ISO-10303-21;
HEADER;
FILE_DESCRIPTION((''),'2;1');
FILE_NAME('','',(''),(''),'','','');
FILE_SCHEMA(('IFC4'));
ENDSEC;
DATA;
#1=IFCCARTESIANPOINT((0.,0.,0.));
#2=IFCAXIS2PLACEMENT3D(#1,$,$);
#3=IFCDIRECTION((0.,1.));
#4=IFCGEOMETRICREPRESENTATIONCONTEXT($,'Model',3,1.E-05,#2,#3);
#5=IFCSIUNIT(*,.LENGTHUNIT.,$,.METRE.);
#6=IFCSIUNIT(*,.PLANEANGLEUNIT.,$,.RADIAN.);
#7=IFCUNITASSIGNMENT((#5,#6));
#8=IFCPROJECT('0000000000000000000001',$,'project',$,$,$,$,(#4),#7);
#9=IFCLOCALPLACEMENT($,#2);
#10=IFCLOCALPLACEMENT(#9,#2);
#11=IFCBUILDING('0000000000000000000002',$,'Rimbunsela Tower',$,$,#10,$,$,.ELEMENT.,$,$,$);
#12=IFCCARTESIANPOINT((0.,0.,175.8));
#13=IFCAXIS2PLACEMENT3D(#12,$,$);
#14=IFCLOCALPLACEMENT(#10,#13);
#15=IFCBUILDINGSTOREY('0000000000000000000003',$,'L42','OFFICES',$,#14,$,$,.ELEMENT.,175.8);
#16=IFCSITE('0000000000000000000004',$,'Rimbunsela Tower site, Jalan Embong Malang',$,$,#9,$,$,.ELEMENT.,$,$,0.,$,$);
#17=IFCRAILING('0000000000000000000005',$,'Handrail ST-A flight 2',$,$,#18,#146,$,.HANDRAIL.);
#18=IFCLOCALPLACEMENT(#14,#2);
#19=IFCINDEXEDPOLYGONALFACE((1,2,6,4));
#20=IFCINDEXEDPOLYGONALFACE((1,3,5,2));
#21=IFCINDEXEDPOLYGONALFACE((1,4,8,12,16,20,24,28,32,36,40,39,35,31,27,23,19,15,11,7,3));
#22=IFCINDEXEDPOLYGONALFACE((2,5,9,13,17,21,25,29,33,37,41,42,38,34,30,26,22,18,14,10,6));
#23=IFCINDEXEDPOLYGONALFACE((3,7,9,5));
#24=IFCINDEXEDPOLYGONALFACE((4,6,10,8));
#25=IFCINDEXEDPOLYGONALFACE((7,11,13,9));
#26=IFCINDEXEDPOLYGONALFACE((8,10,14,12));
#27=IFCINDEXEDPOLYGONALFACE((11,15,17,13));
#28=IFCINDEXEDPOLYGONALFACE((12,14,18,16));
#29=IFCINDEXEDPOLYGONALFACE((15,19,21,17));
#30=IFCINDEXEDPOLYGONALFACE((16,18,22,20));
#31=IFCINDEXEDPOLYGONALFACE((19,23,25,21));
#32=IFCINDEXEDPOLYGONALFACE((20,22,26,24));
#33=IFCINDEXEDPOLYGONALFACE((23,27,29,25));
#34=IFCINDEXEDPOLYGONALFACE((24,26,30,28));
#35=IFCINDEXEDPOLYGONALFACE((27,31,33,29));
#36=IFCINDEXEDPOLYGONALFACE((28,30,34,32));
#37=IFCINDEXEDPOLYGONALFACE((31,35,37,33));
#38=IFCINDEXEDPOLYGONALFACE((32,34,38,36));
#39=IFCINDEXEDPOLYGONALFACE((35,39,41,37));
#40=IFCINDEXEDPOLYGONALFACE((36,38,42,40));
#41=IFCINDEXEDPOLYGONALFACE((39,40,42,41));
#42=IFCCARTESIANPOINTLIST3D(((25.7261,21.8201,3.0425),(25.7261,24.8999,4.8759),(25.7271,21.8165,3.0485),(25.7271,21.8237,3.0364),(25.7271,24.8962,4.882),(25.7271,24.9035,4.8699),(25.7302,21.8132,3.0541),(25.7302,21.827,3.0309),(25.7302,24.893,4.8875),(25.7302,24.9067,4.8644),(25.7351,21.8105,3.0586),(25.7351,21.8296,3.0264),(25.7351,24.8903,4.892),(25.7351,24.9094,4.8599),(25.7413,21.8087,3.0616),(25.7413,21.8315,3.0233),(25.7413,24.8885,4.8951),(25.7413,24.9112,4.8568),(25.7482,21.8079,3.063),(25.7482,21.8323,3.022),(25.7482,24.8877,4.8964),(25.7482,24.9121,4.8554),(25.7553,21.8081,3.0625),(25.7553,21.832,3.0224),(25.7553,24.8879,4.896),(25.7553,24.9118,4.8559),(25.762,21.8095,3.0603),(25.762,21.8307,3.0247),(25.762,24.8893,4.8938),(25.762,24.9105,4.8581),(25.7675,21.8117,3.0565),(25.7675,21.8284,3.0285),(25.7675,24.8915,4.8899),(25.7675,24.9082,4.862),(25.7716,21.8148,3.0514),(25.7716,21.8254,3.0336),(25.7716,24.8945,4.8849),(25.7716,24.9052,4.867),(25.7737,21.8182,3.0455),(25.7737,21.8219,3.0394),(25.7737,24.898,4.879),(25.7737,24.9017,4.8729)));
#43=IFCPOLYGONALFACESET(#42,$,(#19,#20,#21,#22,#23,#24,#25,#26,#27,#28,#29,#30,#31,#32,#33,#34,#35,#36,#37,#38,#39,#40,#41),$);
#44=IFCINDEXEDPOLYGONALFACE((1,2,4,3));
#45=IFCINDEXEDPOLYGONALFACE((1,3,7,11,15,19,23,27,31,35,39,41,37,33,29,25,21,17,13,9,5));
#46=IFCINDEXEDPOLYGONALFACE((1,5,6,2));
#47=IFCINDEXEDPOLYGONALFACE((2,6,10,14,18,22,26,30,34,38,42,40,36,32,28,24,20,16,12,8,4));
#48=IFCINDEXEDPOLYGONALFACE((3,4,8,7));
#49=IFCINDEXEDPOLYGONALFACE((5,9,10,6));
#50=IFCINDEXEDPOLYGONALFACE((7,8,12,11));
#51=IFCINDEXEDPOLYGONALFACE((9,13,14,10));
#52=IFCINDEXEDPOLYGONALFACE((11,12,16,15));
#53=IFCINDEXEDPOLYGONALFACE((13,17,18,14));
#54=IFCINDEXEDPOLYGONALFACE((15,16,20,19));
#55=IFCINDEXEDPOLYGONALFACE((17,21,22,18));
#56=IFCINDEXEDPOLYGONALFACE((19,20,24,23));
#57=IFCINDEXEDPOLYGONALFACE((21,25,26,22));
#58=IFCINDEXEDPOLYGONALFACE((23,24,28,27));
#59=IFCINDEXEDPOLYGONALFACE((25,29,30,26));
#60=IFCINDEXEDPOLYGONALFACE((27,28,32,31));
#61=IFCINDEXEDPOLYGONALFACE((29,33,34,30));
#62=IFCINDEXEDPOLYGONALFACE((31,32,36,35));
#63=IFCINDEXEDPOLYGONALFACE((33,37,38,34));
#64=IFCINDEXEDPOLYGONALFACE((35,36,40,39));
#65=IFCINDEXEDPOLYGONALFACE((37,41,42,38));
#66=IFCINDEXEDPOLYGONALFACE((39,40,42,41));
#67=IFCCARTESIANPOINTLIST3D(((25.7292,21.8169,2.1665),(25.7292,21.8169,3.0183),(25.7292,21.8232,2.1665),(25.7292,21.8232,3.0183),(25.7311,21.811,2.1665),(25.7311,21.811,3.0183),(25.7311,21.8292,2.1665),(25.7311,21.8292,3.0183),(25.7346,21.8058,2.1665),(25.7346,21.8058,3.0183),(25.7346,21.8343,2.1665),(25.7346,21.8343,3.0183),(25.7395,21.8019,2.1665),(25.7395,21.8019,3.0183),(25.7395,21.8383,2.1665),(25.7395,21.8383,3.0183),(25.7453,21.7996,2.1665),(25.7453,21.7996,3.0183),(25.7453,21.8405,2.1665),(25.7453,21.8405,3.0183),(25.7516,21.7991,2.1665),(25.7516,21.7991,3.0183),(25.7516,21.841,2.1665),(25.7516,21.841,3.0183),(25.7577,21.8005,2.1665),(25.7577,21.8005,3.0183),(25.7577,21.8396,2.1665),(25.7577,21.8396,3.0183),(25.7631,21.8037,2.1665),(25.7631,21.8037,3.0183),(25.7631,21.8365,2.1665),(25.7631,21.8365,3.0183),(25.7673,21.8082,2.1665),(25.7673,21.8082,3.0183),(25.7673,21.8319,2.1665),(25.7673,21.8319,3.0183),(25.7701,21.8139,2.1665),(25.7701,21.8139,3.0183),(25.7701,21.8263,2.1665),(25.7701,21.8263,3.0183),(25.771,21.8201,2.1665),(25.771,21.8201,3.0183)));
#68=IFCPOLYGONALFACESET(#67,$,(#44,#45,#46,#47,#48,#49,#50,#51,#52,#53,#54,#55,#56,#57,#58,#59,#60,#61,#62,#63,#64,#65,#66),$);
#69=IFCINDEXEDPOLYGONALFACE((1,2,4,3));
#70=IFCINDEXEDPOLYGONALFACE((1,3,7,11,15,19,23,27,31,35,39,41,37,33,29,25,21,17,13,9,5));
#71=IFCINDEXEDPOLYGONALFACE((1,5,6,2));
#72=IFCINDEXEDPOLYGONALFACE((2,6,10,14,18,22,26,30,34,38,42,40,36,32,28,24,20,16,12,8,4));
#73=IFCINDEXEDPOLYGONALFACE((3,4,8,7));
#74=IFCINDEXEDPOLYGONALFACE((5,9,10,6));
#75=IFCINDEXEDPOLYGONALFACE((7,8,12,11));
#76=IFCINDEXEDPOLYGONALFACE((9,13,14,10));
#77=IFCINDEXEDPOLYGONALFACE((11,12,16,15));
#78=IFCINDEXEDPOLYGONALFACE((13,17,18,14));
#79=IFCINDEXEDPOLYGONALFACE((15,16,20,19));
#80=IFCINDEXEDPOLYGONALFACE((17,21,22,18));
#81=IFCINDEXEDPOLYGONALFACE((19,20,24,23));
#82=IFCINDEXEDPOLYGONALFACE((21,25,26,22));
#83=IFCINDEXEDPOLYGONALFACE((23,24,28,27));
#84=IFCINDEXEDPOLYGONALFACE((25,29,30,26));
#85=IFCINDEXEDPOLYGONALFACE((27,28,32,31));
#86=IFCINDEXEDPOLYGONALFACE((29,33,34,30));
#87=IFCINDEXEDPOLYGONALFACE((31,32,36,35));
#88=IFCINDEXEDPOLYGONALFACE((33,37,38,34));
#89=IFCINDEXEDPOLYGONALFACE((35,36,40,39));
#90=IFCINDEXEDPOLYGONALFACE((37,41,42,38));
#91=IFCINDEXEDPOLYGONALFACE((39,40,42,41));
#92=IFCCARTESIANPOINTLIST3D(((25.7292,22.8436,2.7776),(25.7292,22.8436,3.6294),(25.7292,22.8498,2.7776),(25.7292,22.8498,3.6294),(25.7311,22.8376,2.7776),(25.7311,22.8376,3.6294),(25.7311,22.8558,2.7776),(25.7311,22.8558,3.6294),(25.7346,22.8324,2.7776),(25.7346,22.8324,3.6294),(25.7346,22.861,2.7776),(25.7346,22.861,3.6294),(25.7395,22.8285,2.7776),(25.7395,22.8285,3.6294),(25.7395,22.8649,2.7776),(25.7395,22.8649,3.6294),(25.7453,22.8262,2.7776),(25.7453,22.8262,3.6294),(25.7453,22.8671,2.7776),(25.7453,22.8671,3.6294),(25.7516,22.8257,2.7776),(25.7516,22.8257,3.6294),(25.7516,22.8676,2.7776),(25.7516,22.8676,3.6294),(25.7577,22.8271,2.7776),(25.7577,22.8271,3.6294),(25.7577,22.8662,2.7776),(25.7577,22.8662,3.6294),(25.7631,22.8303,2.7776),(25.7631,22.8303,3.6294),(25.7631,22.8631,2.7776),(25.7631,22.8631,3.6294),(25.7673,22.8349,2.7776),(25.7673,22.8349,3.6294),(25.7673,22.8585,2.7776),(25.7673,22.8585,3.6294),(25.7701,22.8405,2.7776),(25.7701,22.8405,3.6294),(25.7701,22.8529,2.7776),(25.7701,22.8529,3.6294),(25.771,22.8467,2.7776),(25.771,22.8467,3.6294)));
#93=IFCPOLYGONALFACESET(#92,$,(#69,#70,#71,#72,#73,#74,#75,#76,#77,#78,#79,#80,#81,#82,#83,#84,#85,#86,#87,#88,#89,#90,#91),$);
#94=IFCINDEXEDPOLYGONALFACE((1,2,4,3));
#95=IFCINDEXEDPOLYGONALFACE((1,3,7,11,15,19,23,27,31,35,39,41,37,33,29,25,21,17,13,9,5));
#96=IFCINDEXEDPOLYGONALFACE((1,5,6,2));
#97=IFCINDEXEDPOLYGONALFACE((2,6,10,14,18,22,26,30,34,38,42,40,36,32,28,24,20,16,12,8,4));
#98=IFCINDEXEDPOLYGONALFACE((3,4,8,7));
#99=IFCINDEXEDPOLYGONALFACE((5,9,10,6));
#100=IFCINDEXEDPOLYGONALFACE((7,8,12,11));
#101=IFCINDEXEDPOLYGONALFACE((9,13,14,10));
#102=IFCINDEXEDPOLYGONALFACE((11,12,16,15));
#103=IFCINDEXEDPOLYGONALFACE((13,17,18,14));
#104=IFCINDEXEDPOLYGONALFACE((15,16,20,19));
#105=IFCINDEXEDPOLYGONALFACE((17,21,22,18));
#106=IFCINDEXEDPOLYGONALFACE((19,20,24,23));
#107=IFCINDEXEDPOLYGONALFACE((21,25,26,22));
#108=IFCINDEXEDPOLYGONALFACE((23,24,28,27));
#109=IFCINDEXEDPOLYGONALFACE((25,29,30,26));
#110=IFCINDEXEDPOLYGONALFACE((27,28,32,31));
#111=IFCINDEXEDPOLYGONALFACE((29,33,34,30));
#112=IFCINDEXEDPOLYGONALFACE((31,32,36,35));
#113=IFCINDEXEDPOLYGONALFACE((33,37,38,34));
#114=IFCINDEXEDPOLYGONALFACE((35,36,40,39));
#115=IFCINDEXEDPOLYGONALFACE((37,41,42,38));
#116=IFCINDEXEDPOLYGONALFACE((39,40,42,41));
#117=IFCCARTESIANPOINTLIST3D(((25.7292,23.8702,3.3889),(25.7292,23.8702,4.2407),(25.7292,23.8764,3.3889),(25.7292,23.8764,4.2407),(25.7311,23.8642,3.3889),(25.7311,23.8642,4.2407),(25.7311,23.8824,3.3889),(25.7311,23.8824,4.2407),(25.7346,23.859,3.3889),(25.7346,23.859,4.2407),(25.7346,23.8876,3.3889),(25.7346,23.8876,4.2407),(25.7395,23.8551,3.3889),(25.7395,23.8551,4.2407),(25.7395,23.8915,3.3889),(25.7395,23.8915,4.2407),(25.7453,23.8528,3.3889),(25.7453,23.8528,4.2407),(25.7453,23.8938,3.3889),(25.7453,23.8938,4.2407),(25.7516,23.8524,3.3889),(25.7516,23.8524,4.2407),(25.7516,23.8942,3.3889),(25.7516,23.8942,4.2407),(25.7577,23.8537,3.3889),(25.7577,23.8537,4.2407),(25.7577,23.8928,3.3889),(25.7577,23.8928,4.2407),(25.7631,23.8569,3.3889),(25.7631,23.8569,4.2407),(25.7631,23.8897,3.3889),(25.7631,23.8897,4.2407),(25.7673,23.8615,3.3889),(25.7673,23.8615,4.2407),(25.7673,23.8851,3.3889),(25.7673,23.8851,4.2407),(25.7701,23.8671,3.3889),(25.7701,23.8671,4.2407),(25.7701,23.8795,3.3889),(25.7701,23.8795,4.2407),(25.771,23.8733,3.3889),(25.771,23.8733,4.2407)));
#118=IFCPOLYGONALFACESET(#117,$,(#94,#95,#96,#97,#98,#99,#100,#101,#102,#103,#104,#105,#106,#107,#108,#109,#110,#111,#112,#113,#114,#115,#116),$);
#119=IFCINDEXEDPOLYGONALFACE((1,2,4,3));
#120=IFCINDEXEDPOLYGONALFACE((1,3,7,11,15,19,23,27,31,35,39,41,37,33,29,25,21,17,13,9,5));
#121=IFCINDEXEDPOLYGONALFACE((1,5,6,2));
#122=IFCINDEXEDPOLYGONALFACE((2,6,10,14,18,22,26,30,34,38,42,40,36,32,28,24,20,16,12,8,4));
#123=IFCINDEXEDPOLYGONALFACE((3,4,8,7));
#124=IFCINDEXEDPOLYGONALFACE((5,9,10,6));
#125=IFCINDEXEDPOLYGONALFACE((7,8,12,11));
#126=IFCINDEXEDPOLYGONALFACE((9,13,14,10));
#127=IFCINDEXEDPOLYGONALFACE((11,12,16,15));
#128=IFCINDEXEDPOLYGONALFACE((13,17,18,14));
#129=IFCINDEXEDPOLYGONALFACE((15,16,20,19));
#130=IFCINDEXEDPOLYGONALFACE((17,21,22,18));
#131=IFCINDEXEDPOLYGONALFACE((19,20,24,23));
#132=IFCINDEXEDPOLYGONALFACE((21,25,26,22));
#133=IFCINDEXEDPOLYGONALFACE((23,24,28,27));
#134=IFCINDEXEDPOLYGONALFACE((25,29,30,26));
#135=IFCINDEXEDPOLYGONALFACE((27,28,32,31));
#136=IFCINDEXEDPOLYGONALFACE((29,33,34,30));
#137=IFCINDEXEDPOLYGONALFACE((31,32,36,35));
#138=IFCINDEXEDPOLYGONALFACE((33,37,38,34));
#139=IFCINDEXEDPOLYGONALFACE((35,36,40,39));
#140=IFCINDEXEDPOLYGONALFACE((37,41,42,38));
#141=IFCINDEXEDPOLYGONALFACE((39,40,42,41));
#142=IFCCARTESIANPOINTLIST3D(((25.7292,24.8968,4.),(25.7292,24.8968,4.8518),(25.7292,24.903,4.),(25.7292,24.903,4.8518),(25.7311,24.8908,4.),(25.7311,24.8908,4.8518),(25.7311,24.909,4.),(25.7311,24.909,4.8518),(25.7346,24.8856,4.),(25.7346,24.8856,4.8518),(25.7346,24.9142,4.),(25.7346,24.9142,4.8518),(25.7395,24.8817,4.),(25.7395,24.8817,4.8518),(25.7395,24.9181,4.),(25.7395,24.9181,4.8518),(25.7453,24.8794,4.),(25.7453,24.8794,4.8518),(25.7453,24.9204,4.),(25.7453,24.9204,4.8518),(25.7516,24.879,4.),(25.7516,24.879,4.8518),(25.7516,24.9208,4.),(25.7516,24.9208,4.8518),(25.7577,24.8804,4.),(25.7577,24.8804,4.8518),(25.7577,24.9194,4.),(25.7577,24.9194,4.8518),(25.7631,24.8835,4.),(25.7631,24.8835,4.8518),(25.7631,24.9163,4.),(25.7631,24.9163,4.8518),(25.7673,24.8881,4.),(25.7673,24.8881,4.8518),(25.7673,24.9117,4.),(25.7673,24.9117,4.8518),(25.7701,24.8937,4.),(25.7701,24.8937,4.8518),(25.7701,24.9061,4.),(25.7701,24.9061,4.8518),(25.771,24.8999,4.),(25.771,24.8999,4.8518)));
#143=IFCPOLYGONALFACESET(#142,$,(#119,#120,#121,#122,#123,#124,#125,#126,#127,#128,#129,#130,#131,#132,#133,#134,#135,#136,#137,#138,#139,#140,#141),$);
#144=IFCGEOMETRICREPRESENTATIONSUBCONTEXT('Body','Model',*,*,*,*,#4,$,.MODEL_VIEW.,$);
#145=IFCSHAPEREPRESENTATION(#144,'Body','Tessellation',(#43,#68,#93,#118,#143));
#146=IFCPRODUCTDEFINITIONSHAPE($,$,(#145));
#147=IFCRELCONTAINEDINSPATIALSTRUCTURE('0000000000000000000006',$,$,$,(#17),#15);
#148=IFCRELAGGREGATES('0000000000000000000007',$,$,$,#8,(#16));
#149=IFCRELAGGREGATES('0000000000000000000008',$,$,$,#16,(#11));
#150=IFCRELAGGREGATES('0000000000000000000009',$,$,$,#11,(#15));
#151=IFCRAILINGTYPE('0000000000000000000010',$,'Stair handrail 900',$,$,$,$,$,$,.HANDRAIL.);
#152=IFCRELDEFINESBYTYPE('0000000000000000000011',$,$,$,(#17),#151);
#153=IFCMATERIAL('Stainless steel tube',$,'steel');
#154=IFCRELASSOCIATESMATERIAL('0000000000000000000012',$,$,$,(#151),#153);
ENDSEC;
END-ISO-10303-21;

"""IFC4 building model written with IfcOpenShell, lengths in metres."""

from ifc_helpers import new_model, si_unit, direction, frame, origin, origin_2d, place, context, subcontext, project, spatial, circle, extrude, material, type_object, element, save


model = new_model("IFC4")

# Units and contexts
model_context = context("Model", 3, precision=1e-05, world=origin(), true_north=direction((0.0, 1.0)))
body_context = subcontext(model_context, "Body", "Model", "MODEL_VIEW")
ifc_project = project(units=[si_unit("LENGTHUNIT", "METRE"), si_unit("PLANEANGLEUNIT", "RADIAN")], contexts=[model_context])

# Site, building, storey
site_placement = place(None, origin())
site = spatial("IfcSite", under=ifc_project, at=site_placement, Name="Rimbunsela Tower site, Jalan Embong Malang", CompositionType="ELEMENT", RefElevation=0.0)
building_placement = place(site_placement, origin())
building = spatial("IfcBuilding", under=site, at=building_placement, Name="Rimbunsela Tower", CompositionType="ELEMENT")
storey_placement = place(building_placement, frame((0.0, 0.0, 175.8)))
storey = spatial("IfcBuildingStorey", under=building, at=storey_placement, Name="L42", Description="OFFICES", CompositionType="ELEMENT", Elevation=175.8)

# Railing
ifc_material_1 = material(Name="Stainless steel tube", Category="steel")
railing_type = type_object("IfcRailingType", Name="Stair handrail 900", PredefinedType="HANDRAIL", material=ifc_material_1)
railing_placement = place(storey_placement, frame((25.75, 21.8201, 2.1665)))
element("IfcRailing", 1, at=railing_placement, inside=storey, type_object=railing_type, Name="Handrail ST-A flight 2", PredefinedType="HANDRAIL", context=body_context, shape_type="SweptSolid", body=[
    extrude(circle(Radius=0.0239, at=origin_2d()), frame((0.0, 0.0, 0.876), z_axis=(0.0, 0.859261, 0.511538), x_axis=(-1.0, 0.0, 0.0)), (0.0, 0.0, 1.0), 3.5842),
    extrude(circle(Radius=0.021, at=origin_2d()), origin(), (0.0, 0.0, 1.0), 0.8518),
    extrude(circle(Radius=0.021, at=origin_2d()), frame((0.0, 1.0266, 0.6111)), (0.0, 0.0, 1.0), 0.8518),
    extrude(circle(Radius=0.021, at=origin_2d()), frame((0.0, 2.0532, 1.2224)), (0.0, 0.0, 1.0), 0.8518),
    extrude(circle(Radius=0.021, at=origin_2d()), frame((0.0, 3.0798, 1.8335)), (0.0, 0.0, 1.0), 0.8518),
])

save(model, "model.ifc")
